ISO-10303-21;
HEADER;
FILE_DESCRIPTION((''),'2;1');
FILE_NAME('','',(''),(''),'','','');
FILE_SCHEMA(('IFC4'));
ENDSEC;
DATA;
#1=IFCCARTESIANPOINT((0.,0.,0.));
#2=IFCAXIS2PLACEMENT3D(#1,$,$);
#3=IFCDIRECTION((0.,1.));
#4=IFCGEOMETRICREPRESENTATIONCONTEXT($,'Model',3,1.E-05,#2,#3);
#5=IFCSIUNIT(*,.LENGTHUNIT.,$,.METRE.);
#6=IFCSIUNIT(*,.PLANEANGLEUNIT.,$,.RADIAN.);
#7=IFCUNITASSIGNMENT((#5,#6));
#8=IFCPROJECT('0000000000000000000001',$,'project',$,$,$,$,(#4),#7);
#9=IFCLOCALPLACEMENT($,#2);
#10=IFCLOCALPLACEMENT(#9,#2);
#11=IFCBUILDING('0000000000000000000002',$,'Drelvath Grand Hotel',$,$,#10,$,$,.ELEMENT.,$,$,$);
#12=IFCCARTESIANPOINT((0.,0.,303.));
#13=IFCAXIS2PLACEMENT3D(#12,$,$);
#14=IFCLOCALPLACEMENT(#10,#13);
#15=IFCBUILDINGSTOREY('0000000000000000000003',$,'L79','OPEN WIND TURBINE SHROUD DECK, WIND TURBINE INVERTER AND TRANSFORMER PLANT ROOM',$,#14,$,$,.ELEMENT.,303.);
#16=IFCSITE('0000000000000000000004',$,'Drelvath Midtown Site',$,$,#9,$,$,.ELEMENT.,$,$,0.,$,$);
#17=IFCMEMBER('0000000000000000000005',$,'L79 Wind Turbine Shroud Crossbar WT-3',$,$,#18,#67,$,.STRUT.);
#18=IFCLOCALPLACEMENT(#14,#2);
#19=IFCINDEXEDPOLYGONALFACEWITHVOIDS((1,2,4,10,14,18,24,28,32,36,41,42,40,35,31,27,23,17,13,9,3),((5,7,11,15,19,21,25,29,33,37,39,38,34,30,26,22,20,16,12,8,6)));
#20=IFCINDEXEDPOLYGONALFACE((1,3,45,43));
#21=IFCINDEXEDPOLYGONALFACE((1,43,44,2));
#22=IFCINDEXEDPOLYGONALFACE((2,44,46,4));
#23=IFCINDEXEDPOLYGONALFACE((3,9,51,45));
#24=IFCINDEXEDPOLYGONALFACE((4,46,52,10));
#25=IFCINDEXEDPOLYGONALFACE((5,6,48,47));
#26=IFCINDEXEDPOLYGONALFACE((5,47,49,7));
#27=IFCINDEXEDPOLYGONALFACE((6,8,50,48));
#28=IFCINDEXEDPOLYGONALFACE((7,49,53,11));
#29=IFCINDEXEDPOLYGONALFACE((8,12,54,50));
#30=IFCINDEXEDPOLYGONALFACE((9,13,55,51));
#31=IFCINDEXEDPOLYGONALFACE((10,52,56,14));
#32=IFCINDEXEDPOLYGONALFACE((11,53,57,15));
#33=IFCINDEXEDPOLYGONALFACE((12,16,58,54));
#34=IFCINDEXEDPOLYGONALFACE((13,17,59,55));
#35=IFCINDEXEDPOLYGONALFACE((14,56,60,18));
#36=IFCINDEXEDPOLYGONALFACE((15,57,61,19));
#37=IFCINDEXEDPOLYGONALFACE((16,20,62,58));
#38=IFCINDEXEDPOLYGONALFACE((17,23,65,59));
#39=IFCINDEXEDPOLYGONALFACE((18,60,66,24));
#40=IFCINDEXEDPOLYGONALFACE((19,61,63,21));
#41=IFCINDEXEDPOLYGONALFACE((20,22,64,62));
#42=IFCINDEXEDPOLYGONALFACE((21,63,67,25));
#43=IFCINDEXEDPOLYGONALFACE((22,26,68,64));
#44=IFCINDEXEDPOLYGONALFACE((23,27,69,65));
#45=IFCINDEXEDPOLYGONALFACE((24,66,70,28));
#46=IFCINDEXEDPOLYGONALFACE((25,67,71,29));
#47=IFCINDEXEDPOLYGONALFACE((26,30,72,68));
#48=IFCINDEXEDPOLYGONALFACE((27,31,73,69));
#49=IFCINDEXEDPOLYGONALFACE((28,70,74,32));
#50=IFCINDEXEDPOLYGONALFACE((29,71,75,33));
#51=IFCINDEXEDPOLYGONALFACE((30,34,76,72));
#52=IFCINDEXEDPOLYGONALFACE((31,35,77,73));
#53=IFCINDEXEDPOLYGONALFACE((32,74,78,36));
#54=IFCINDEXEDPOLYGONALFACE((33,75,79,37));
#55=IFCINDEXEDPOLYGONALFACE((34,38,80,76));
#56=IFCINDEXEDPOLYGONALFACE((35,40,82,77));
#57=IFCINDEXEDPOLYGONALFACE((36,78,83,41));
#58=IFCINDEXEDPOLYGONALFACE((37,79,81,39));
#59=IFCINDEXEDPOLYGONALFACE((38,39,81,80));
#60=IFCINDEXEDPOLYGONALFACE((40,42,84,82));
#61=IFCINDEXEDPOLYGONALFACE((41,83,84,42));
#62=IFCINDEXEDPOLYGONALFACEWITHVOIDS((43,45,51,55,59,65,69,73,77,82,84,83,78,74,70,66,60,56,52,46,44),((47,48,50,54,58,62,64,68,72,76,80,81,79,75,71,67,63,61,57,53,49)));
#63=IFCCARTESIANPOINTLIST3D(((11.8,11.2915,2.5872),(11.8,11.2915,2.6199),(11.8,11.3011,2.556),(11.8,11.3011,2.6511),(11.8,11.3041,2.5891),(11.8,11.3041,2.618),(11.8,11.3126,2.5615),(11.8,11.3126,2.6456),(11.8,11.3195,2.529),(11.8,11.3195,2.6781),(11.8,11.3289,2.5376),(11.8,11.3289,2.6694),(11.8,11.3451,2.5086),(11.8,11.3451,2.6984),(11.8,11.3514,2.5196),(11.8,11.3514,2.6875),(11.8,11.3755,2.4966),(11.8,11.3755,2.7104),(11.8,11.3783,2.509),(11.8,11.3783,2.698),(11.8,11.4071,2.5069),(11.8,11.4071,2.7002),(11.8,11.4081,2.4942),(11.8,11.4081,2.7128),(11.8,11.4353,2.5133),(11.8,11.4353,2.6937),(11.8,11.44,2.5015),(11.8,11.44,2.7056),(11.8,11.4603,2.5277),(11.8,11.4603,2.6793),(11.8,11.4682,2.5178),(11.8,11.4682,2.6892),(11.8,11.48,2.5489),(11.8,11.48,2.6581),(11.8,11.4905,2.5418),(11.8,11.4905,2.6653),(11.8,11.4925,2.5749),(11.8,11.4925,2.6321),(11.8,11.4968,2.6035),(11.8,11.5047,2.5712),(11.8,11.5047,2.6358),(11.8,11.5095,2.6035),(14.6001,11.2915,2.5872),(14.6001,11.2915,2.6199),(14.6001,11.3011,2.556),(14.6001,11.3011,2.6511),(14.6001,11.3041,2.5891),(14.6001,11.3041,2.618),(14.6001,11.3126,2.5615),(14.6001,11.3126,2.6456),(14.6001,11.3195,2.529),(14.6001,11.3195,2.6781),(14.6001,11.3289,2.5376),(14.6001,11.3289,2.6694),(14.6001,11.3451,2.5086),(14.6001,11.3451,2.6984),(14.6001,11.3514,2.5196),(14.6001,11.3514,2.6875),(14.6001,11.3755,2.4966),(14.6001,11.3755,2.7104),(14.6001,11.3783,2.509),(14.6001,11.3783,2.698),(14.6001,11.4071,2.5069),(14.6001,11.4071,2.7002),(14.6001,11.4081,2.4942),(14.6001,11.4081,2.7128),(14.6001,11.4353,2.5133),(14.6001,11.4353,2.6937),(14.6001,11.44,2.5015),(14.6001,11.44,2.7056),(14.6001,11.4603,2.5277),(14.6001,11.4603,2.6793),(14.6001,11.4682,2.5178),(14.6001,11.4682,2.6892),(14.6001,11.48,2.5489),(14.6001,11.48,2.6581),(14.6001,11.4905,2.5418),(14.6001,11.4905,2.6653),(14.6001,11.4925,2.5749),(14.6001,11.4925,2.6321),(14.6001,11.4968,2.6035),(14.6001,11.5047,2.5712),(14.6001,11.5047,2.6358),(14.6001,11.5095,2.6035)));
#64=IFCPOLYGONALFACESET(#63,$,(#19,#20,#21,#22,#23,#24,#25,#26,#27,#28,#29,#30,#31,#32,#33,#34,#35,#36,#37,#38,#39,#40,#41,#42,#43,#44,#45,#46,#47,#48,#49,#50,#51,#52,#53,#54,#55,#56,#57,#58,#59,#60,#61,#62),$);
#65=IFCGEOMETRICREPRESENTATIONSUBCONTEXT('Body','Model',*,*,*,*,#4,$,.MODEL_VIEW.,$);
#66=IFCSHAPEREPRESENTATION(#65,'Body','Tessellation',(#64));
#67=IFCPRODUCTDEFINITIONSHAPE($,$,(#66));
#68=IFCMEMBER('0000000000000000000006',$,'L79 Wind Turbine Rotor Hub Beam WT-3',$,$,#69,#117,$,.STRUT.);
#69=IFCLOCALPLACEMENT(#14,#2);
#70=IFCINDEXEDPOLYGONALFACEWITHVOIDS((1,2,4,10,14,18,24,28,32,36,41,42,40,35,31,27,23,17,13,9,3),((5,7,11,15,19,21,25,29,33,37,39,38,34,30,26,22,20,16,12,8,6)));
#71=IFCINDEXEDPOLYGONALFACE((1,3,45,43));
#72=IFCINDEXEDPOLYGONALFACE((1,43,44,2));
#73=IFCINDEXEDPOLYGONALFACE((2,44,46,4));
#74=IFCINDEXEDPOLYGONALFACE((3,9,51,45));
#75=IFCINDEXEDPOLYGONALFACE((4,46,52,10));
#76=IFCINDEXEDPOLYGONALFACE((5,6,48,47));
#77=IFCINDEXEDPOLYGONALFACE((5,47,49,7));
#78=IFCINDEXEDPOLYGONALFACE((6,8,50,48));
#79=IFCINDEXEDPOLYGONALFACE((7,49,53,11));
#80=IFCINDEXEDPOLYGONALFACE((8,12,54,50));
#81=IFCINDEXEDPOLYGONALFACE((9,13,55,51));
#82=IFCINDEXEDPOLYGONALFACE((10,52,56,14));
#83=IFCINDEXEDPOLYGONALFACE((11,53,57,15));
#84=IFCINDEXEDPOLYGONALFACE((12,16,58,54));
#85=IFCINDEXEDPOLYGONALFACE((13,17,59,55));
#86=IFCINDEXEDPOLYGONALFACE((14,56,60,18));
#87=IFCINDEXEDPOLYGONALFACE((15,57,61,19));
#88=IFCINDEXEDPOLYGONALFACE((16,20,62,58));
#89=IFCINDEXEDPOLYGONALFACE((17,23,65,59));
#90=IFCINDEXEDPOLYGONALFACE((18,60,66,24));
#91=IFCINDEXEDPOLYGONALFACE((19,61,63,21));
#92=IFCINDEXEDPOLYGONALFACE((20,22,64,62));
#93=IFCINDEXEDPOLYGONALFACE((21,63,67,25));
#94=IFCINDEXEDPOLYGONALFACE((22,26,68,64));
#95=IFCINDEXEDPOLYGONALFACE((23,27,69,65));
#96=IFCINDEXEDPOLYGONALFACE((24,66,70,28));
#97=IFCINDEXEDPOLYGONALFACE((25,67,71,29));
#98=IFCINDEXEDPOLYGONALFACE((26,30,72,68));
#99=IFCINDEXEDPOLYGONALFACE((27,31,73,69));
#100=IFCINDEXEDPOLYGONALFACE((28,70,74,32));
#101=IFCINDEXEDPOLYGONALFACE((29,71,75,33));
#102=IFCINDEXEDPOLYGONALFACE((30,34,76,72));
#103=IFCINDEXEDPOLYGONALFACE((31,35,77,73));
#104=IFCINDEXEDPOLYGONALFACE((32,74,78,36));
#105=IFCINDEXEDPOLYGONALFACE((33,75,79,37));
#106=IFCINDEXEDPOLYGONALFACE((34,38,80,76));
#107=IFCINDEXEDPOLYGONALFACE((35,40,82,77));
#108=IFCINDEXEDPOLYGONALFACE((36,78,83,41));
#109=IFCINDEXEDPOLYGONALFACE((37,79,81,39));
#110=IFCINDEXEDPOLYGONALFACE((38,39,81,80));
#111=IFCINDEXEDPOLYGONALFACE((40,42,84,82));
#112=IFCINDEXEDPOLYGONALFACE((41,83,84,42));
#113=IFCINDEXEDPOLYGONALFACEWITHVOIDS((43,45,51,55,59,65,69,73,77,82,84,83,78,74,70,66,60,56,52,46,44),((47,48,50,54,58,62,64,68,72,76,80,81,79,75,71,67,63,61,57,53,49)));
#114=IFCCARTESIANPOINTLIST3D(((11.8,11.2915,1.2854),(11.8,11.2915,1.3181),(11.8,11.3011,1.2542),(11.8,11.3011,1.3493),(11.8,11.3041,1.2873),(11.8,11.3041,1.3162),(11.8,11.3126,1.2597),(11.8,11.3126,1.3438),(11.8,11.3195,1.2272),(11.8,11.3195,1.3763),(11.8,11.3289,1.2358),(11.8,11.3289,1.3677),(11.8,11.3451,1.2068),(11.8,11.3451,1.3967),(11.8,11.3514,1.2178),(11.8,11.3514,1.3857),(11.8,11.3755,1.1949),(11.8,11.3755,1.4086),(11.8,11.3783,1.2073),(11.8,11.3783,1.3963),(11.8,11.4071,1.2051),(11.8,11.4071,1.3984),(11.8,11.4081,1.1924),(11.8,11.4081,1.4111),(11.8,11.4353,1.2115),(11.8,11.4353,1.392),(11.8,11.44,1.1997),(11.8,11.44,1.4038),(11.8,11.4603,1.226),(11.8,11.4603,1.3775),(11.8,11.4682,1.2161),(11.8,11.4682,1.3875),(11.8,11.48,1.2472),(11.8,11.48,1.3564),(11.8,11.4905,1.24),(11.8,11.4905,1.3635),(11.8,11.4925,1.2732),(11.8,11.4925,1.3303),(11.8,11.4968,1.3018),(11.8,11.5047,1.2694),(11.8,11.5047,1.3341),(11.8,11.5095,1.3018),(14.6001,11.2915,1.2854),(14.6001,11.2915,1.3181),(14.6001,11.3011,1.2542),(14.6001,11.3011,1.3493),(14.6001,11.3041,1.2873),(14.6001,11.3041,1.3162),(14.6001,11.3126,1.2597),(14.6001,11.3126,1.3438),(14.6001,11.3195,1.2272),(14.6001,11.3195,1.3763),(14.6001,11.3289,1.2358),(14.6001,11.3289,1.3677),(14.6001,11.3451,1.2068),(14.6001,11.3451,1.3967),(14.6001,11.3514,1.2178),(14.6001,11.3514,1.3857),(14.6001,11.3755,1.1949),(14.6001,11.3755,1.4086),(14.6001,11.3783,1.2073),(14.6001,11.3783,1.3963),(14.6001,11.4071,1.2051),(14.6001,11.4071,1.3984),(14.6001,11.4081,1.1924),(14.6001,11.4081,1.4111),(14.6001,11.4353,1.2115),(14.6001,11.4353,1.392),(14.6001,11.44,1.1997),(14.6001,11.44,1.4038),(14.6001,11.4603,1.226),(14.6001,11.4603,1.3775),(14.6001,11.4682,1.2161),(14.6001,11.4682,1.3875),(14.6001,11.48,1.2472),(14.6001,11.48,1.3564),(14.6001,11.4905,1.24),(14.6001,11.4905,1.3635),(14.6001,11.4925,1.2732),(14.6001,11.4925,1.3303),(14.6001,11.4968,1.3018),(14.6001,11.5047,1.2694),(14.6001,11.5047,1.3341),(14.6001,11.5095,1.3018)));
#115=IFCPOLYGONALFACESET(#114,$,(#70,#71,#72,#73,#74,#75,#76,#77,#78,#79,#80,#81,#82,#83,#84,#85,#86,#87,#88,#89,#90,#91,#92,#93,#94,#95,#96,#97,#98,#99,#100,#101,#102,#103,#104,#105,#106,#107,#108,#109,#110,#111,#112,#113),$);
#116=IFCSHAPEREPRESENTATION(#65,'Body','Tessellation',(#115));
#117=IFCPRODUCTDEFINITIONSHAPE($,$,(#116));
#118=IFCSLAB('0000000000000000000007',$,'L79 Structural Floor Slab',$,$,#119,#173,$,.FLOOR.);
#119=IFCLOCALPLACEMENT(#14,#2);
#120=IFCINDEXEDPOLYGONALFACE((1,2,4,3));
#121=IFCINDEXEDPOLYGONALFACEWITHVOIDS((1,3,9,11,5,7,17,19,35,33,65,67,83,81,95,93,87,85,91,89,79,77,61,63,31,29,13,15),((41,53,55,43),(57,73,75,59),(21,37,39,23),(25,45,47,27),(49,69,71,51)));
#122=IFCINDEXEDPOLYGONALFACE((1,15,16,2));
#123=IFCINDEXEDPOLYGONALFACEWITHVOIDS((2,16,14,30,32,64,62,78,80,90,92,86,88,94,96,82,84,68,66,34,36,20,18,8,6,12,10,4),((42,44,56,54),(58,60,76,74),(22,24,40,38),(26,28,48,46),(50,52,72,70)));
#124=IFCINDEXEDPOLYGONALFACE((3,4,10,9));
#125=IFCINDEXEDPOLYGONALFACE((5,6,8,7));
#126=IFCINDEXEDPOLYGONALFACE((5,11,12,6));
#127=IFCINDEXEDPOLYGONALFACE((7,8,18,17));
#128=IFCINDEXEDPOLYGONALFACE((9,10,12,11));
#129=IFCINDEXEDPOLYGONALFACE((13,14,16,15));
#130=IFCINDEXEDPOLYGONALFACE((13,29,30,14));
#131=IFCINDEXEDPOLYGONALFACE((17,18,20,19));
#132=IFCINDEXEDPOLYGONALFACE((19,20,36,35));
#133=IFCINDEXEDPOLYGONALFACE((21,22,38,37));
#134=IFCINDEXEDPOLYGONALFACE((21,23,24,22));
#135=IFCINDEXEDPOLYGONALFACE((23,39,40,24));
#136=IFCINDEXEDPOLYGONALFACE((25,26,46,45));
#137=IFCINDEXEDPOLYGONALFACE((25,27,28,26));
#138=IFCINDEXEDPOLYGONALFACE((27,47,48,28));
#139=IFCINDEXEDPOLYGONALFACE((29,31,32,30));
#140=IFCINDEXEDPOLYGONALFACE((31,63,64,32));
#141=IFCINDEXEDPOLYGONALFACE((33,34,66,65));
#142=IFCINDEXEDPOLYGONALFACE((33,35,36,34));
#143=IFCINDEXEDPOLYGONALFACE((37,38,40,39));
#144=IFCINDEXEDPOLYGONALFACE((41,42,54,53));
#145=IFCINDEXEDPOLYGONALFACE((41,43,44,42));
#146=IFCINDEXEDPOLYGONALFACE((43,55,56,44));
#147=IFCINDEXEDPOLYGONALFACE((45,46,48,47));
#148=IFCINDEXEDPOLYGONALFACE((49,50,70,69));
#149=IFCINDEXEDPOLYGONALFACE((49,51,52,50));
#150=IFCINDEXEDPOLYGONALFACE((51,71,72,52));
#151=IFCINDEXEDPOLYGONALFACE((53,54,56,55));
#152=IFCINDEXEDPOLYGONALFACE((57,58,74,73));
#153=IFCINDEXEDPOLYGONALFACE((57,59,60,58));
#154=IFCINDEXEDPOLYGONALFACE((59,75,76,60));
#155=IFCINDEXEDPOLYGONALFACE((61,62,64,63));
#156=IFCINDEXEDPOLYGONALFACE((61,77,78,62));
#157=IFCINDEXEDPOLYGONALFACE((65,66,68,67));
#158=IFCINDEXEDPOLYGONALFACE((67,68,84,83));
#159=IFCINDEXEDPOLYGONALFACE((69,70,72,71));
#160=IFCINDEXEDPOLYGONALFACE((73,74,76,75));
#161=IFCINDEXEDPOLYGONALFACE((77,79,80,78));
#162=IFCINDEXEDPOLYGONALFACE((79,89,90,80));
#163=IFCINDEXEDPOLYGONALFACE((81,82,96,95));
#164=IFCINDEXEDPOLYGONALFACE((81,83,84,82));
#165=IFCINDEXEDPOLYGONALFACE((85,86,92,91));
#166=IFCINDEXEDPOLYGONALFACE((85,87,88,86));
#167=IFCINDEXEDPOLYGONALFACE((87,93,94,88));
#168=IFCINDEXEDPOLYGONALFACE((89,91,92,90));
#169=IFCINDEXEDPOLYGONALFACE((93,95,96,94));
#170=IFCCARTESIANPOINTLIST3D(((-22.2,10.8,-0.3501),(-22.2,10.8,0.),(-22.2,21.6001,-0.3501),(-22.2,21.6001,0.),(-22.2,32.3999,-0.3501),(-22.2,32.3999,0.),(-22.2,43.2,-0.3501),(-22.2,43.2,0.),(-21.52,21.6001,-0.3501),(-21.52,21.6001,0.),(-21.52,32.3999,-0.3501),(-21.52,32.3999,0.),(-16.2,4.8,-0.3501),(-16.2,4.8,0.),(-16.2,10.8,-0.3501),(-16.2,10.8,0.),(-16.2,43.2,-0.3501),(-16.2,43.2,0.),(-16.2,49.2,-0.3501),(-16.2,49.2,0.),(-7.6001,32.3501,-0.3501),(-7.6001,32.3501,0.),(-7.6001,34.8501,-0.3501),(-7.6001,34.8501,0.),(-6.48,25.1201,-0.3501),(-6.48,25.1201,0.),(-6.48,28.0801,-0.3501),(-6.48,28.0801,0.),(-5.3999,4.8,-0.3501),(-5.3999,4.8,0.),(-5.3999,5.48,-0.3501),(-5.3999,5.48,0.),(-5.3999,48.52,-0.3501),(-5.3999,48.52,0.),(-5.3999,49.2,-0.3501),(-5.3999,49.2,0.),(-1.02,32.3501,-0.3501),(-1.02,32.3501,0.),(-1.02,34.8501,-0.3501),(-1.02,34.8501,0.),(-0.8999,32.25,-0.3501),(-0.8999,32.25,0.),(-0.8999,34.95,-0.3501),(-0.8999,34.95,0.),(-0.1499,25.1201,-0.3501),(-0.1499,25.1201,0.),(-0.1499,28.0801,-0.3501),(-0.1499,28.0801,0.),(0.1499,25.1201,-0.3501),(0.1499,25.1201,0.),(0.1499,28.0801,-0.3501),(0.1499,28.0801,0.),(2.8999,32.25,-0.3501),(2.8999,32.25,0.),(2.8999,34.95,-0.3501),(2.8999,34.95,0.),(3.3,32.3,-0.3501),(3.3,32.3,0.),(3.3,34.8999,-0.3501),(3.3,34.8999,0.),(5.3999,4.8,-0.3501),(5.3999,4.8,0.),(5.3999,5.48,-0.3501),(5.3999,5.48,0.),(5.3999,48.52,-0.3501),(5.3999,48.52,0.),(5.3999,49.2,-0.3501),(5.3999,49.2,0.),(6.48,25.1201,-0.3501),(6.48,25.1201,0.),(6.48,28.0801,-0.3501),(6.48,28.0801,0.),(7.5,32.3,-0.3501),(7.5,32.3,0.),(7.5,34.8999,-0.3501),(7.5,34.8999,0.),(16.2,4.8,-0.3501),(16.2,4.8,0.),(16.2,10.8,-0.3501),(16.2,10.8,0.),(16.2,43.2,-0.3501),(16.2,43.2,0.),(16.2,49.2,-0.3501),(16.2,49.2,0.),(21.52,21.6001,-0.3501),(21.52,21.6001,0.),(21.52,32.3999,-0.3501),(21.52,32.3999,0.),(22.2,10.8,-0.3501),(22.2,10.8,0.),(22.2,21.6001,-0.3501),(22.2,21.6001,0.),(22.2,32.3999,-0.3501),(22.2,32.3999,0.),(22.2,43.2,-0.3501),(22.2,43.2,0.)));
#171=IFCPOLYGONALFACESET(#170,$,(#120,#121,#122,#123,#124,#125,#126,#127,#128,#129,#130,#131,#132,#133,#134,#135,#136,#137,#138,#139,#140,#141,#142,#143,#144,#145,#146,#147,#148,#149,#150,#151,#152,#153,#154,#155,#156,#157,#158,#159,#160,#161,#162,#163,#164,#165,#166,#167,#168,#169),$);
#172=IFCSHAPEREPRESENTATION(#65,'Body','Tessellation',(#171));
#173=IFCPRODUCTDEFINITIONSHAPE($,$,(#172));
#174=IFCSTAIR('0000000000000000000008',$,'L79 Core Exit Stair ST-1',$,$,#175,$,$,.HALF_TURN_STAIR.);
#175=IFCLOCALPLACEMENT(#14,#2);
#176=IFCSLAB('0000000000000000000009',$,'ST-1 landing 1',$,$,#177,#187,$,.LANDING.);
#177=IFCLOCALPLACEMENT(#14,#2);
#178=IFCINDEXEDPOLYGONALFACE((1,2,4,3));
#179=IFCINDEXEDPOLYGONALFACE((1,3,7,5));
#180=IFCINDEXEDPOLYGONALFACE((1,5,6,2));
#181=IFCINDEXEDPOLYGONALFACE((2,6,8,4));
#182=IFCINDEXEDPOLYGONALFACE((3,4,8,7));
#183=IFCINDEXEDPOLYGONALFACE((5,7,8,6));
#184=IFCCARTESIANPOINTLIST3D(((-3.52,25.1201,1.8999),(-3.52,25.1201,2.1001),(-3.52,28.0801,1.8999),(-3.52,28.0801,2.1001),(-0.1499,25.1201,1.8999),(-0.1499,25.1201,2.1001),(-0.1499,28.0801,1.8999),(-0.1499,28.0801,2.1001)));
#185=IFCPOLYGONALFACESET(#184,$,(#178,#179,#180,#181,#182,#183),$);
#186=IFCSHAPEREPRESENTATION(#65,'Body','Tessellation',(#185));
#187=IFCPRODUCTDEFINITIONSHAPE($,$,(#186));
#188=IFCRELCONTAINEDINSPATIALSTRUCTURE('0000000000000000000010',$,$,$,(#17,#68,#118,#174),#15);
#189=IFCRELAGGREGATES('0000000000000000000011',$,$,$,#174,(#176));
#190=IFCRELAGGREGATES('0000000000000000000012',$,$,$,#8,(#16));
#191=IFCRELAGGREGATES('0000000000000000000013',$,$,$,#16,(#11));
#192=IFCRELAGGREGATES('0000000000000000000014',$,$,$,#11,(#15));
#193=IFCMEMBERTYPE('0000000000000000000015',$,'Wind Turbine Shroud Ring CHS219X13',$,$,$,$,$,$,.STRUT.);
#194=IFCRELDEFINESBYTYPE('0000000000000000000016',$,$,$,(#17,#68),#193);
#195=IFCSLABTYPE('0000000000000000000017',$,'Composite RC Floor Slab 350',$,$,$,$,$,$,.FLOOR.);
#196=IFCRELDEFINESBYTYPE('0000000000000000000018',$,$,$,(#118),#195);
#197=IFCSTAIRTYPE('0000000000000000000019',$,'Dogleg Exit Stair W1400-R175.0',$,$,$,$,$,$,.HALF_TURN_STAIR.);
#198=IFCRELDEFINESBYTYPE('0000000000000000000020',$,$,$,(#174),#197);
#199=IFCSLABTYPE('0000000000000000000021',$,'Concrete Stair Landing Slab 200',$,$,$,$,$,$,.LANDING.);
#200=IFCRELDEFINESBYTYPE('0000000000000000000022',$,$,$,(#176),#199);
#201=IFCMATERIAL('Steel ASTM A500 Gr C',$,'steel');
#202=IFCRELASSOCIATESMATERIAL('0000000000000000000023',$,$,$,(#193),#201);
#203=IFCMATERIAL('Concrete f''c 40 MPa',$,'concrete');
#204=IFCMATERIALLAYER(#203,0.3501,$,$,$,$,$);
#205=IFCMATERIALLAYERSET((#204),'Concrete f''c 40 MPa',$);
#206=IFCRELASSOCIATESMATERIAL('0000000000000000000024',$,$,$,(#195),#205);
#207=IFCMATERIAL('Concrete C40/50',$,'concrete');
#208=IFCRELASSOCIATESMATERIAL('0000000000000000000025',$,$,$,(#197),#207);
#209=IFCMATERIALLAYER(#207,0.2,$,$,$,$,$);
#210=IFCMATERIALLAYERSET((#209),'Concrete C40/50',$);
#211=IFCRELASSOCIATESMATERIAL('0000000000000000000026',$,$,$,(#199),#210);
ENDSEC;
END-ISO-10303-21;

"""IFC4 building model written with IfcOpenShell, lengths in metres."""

from ifc_helpers import new_model, si_unit, direction, frame, origin, origin_2d, place, context, subcontext, project, spatial, polyline, hollow_circle, outline, extrude, material, layer, layer_set, material_profile, profile_set, type_object, element, aggregate, save


model = new_model("IFC4")

# Units and contexts
model_context = context("Model", 3, precision=1e-05, world=origin(), true_north=direction((0.0, 1.0)))
body_context = subcontext(model_context, "Body", "Model", "MODEL_VIEW")
ifc_project = project(units=[si_unit("LENGTHUNIT", "METRE"), si_unit("PLANEANGLEUNIT", "RADIAN")], contexts=[model_context])

# Site, building, storey
site_placement = place(None, origin())
site = spatial("IfcSite", under=ifc_project, at=site_placement, Name="Drelvath Midtown Site", CompositionType="ELEMENT", RefElevation=0.0)
building_placement = place(site_placement, origin())
building = spatial("IfcBuilding", under=site, at=building_placement, Name="Drelvath Grand Hotel", CompositionType="ELEMENT")
storey_placement = place(building_placement, frame((0.0, 0.0, 303.0)))
storey = spatial("IfcBuildingStorey", under=building, at=storey_placement, Name="L79", Description="OPEN WIND TURBINE SHROUD DECK, WIND TURBINE INVERTER AND TRANSFORMER PLANT ROOM", CompositionType="ELEMENT", Elevation=303.0)

# Members
ifc_material_1 = material(Name="Steel ASTM A500 Gr C", Category="steel")
ifc_material_profile_1 = material_profile(ifc_material_1, hollow_circle(Radius=0.1096, WallThickness=0.0127, at=origin_2d()), Name="CHS219X13")
ifc_profile_set_1 = profile_set([ifc_material_profile_1], Name="Steel ASTM A500 Gr C")
member_type_1 = type_object("IfcMemberType", Name="Wind Turbine Shroud Ring CHS219X13", PredefinedType="STRUT", material=ifc_profile_set_1)
for number, where, z_axis, x_axis, name in (
    (1, (11.8, 11.3999, 2.6035), (1.0, 0.0, 0.0), (0.0, 1.0, 0.0), "L79 Wind Turbine Shroud Crossbar WT-3"),
    (2, (11.8, 11.3999, 1.3018), (1.0, 0.0, 0.0), (0.0, 1.0, 0.0), "L79 Wind Turbine Rotor Hub Beam WT-3"),
):
    element("IfcMember", number, at=place(storey_placement, frame(where, z_axis=z_axis, x_axis=x_axis)), inside=storey, type_object=member_type_1, Name=name, PredefinedType="STRUT", context=body_context, shape_type="SweptSolid", body=[
        extrude(hollow_circle(Radius=0.1096, WallThickness=0.0127, at=origin_2d()), origin(), (0.0, 0.0, 1.0), 2.8),
    ])

# Slab
ifc_material_2 = material(Name="Concrete f'c 40 MPa", Category="concrete")
ifc_layer_1 = layer(ifc_material_2, 0.3501)
ifc_layer_set_1 = layer_set([ifc_layer_1], Name="Concrete f'c 40 MPa")
slab_type_1 = type_object("IfcSlabType", Name="Composite RC Floor Slab 350", PredefinedType="FLOOR", material=ifc_layer_set_1)
slab_1_placement = place(storey_placement, frame((0.0, 0.0, -0.3501)))
element("IfcSlab", 3, at=slab_1_placement, inside=storey, type_object=slab_type_1, Name="L79 Structural Floor Slab", PredefinedType="FLOOR", context=body_context, shape_type="SweptSolid", body=[
    extrude(outline(polyline([(-16.2, 4.8), (-5.3999, 4.8), (-5.3999, 5.48), (5.3999, 5.48), (5.3999, 4.8), (16.2, 4.8), (16.2, 10.8), (22.2, 10.8), (22.2, 21.6001), (21.52, 21.6001), (21.52, 32.3999), (22.2, 32.3999), (22.2, 43.2), (16.2, 43.2), (16.2, 49.2), (5.3999, 49.2), (5.3999, 48.52), (-5.3999, 48.52), (-5.3999, 49.2), (-16.2, 49.2), (-16.2, 43.2), (-22.2, 43.2), (-22.2, 32.3999), (-21.52, 32.3999), (-21.52, 21.6001), (-22.2, 21.6001), (-22.2, 10.8), (-16.2, 10.8), (-16.2, 4.8)]), holes=[polyline([(-6.48, 25.1201), (-6.48, 28.0801), (-0.1499, 28.0801), (-0.1499, 25.1201), (-6.48, 25.1201)]), polyline([(0.1499, 25.1201), (0.1499, 28.0801), (6.48, 28.0801), (6.48, 25.1201), (0.1499, 25.1201)]), polyline([(-7.6001, 32.3501), (-7.6001, 34.8501), (-1.02, 34.8501), (-1.02, 32.3501), (-7.6001, 32.3501)]), polyline([(-0.8999, 32.25), (-0.8999, 34.95), (2.8999, 34.95), (2.8999, 32.25), (-0.8999, 32.25)]), polyline([(3.3, 32.3), (3.3, 34.8999), (7.5, 34.8999), (7.5, 32.3), (3.3, 32.3)])]), origin(), (0.0, 0.0, 1.0), 0.3501),
])

# Stair, slab
ifc_material_3 = material(Name="Concrete C40/50", Category="concrete")
stair_type = type_object("IfcStairType", Name="Dogleg Exit Stair W1400-R175.0", PredefinedType="HALF_TURN_STAIR", material=ifc_material_3)
stair_1_placement = place(storey_placement, origin())
stair_1 = element("IfcStair", 4, at=stair_1_placement, inside=storey, type_object=stair_type, Name="L79 Core Exit Stair ST-1", PredefinedType="HALF_TURN_STAIR")
ifc_layer_2 = layer(ifc_material_3, 0.2)
ifc_layer_set_2 = layer_set([ifc_layer_2], Name="Concrete C40/50")
slab_type_2 = type_object("IfcSlabType", Name="Concrete Stair Landing Slab 200", PredefinedType="LANDING", material=ifc_layer_set_2)
slab_2_placement = place(storey_placement, frame((0.0, 0.0, 1.8999)))
slab_2 = element("IfcSlab", 5, at=slab_2_placement, type_object=slab_type_2, Name="ST-1 landing 1", PredefinedType="LANDING", context=body_context, shape_type="SweptSolid", body=[
    extrude(outline(polyline([(-3.52, 25.1201), (-0.1499, 25.1201), (-0.1499, 28.0801), (-3.52, 28.0801), (-3.52, 25.1201)])), origin(), (0.0, 0.0, 1.0), 0.2002),
])
aggregate(stair_1, [slab_2])

save(model, "model.ifc")
